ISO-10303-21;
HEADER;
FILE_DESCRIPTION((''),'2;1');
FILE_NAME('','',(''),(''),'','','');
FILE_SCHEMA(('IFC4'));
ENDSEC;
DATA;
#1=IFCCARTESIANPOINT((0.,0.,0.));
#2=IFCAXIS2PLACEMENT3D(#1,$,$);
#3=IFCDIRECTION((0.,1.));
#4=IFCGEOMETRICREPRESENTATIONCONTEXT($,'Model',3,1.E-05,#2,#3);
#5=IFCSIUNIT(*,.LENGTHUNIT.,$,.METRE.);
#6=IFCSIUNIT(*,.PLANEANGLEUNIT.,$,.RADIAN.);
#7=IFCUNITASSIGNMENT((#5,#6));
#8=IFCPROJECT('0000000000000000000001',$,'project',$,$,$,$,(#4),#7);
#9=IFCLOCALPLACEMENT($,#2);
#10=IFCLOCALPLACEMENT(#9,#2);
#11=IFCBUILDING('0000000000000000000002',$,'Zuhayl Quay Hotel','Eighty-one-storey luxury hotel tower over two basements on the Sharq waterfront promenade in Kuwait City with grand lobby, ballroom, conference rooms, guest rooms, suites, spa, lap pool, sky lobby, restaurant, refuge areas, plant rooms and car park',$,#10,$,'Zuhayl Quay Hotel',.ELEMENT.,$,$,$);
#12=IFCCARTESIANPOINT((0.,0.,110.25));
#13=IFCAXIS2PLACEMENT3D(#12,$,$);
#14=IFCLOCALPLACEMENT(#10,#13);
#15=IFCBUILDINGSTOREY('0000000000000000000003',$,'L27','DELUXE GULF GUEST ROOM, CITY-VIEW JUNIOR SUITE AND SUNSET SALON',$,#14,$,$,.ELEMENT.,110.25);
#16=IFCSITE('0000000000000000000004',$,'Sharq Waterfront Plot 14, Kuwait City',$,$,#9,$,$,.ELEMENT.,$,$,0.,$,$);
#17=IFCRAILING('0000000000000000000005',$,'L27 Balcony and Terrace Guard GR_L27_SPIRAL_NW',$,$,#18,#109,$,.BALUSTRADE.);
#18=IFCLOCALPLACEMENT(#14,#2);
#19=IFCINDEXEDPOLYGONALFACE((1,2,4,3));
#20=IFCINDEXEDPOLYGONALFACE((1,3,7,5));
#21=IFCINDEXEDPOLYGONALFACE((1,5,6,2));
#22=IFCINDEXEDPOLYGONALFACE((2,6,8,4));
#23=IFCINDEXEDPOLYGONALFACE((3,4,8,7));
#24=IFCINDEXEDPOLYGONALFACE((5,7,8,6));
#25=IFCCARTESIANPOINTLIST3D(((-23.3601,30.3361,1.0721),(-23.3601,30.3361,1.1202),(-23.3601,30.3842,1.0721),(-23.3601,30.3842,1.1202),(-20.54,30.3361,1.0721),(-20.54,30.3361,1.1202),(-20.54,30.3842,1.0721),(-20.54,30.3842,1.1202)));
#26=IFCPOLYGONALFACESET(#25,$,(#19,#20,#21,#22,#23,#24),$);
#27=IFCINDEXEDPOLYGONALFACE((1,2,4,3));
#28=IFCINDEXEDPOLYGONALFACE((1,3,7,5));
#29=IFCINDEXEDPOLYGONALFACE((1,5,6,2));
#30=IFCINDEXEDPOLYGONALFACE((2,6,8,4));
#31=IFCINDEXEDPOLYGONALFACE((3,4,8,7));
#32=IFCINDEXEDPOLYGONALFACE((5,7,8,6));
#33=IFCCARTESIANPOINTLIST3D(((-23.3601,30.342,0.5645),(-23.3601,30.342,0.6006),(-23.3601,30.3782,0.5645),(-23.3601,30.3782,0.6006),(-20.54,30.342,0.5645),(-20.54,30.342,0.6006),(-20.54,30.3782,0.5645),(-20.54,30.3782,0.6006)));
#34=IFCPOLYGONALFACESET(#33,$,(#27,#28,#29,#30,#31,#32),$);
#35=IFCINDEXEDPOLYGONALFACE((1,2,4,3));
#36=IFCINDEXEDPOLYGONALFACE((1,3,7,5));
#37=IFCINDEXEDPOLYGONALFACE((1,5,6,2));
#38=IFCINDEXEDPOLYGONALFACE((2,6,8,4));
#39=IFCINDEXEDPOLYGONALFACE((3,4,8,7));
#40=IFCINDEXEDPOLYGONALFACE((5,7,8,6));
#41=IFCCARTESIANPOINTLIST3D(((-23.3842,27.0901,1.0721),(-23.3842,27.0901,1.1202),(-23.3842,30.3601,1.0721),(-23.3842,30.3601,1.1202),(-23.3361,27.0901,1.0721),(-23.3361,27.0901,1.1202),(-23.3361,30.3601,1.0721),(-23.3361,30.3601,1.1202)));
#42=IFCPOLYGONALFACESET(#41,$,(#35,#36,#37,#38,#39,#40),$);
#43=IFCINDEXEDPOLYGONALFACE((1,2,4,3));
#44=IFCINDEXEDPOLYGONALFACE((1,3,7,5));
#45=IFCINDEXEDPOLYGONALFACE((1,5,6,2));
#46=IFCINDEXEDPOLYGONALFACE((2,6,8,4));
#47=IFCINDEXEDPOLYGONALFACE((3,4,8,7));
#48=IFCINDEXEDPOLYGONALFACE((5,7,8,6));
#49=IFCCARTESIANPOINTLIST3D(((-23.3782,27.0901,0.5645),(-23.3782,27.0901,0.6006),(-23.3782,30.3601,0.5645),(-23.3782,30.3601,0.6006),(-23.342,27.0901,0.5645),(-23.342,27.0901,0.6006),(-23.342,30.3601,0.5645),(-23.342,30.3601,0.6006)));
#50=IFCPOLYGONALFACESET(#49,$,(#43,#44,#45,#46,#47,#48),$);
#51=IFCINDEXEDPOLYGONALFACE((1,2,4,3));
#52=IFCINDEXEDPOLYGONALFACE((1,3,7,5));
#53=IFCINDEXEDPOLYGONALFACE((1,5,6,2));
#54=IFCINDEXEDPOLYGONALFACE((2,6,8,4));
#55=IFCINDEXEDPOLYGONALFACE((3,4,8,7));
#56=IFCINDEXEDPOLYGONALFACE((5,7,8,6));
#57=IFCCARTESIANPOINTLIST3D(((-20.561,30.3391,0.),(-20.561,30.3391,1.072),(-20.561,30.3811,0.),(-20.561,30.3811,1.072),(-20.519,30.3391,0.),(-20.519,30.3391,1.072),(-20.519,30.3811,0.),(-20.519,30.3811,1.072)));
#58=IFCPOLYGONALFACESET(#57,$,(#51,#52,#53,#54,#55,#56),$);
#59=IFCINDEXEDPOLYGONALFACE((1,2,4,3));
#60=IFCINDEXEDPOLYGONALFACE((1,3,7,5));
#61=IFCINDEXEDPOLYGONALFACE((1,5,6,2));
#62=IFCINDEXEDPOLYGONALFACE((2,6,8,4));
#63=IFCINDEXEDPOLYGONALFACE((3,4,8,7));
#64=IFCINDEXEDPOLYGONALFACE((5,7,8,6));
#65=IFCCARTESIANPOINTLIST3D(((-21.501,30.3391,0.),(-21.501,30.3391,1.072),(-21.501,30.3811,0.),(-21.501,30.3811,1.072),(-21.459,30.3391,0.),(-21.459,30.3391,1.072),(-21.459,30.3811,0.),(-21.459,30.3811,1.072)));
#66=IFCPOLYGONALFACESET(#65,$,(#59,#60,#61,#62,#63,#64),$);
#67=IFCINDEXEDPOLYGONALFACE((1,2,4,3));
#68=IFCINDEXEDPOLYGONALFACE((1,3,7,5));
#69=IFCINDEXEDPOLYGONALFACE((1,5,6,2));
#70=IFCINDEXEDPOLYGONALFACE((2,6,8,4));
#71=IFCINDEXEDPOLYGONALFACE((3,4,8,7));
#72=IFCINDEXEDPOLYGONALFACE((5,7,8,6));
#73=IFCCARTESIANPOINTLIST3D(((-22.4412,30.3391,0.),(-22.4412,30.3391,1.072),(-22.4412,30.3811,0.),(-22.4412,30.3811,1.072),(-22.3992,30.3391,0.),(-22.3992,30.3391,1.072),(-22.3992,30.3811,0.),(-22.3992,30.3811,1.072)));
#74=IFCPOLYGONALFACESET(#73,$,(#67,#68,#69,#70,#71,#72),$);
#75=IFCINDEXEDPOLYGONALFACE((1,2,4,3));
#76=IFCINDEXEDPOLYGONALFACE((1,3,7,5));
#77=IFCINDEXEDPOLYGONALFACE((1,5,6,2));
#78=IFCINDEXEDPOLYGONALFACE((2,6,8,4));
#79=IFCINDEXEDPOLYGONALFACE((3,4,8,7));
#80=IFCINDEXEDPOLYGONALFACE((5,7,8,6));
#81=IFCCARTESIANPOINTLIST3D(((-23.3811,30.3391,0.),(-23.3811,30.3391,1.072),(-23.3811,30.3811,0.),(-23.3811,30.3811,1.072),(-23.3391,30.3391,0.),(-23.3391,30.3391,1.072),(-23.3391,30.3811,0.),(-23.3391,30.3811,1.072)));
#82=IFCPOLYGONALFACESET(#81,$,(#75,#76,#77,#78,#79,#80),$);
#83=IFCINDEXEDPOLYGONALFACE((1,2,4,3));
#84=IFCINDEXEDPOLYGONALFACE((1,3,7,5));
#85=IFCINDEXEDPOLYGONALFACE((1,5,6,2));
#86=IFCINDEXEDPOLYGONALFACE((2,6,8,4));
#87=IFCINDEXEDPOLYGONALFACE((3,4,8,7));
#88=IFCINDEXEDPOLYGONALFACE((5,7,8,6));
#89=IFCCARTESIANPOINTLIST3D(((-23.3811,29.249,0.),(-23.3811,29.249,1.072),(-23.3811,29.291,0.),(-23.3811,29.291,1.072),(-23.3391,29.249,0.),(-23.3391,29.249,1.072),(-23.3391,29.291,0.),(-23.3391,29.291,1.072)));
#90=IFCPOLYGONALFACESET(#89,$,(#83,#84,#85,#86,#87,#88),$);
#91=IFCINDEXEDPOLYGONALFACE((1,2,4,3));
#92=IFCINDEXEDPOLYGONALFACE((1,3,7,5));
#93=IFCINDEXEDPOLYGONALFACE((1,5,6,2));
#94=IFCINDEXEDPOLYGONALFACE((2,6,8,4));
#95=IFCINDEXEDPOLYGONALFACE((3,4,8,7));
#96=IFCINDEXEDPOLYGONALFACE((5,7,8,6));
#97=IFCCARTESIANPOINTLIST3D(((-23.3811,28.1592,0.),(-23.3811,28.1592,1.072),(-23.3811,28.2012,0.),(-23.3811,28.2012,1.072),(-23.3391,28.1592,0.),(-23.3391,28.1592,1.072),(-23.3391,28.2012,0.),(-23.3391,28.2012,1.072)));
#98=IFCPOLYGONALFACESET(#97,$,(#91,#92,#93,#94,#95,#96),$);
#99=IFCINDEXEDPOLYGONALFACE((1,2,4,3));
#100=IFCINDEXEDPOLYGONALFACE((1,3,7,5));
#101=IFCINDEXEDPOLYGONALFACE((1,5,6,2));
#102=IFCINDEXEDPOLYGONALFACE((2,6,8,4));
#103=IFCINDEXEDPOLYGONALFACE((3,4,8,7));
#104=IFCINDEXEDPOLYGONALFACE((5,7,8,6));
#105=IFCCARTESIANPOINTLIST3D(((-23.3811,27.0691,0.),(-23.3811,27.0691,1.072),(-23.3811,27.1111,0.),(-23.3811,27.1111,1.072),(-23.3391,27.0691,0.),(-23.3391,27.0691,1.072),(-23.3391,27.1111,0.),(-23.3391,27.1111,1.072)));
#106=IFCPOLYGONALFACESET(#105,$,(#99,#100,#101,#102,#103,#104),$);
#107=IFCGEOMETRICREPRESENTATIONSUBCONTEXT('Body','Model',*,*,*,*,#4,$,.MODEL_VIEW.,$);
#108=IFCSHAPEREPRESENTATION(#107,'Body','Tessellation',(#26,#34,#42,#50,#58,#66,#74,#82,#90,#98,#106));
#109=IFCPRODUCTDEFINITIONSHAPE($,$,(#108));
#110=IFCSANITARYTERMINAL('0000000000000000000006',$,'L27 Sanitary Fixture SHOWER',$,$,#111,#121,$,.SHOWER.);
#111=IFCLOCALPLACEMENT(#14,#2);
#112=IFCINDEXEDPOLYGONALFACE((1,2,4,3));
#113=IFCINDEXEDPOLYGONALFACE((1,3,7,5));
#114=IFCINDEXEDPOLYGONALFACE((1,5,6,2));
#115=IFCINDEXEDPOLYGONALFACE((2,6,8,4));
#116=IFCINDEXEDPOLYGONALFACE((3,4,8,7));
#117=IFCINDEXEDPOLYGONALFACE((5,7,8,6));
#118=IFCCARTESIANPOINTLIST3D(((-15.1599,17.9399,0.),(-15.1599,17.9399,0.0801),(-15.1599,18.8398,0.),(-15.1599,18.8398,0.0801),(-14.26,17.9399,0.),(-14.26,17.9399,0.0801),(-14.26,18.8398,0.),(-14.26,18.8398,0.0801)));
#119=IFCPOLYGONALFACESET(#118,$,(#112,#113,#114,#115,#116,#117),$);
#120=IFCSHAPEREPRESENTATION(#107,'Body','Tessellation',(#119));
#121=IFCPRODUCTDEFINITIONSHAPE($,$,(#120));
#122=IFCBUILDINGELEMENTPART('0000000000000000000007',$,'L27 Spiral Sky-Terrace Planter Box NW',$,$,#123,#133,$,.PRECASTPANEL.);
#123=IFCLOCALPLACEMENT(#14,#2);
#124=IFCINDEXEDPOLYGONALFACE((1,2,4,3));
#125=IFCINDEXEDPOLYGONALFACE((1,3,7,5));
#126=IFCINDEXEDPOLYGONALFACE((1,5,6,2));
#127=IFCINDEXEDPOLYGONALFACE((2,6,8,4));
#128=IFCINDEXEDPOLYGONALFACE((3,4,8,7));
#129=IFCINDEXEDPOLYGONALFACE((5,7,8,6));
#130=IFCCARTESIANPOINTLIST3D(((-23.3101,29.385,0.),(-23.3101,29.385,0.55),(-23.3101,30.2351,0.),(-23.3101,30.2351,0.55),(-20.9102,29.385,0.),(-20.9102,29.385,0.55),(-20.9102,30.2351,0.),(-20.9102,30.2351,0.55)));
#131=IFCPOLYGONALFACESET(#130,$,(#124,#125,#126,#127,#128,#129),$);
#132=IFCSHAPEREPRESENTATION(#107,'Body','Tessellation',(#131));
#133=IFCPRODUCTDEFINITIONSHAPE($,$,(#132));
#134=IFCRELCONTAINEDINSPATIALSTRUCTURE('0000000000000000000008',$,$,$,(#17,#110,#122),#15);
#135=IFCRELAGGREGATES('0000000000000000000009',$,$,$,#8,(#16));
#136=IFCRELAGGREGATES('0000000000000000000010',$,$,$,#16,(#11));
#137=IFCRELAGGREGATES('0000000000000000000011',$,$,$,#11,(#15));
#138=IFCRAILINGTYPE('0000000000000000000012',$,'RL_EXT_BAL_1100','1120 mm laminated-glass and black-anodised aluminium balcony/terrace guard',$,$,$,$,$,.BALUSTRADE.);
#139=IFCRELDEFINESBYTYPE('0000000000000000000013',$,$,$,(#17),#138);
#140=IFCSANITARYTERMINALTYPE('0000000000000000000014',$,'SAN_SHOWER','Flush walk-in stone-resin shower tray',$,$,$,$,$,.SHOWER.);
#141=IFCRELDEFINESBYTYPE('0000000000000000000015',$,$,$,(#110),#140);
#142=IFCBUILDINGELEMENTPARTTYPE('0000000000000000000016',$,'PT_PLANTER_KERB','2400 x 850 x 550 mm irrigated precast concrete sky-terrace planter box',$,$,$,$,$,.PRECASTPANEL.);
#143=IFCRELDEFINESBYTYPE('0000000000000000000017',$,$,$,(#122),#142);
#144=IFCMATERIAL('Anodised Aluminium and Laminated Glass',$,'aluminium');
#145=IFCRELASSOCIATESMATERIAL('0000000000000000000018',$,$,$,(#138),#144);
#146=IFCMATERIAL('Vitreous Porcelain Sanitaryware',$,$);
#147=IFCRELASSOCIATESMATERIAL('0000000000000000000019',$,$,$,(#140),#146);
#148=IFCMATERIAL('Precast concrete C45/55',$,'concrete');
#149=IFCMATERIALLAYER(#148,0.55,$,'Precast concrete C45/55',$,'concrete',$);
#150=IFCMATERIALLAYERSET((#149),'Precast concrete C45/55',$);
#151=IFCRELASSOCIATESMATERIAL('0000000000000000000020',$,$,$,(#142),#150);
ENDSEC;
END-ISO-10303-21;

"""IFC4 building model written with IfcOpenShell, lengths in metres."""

from ifc_helpers import new_model, si_unit, direction, frame, origin, origin_2d, place, context, subcontext, project, spatial, rectangle, extrude, material, layer, layer_set, type_object, element, save


model = new_model("IFC4")

# Units and contexts
model_context = context("Model", 3, precision=1e-05, world=origin(), true_north=direction((0.0, 1.0)))
body_context = subcontext(model_context, "Body", "Model", "MODEL_VIEW")
ifc_project = project(units=[si_unit("LENGTHUNIT", "METRE"), si_unit("PLANEANGLEUNIT", "RADIAN")], contexts=[model_context])

# Site, building, storey
site_placement = place(None, origin())
site = spatial("IfcSite", under=ifc_project, at=site_placement, Name="Sharq Waterfront Plot 14, Kuwait City", CompositionType="ELEMENT", RefElevation=0.0)
building_placement = place(site_placement, origin())
building = spatial("IfcBuilding", under=site, at=building_placement, Name="Zuhayl Quay Hotel", Description="Eighty-one-storey luxury hotel tower over two basements on the Sharq waterfront promenade in Kuwait City with grand lobby, ballroom, conference rooms, guest rooms, suites, spa, lap pool, sky lobby, restaurant, refuge areas, plant rooms and car park", LongName="Zuhayl Quay Hotel", CompositionType="ELEMENT")
storey_placement = place(building_placement, frame((0.0, 0.0, 110.25)))
storey = spatial("IfcBuildingStorey", under=building, at=storey_placement, Name="L27", Description="DELUXE GULF GUEST ROOM, CITY-VIEW JUNIOR SUITE AND SUNSET SALON", CompositionType="ELEMENT", Elevation=110.25)

# Shared definitions
ifc_material_1 = material(Name="Precast concrete C45/55", Category="concrete")

# Railing
ifc_material_2 = material(Name="Anodised Aluminium and Laminated Glass", Category="aluminium")
railing_type = type_object("IfcRailingType", Name="RL_EXT_BAL_1100", Description="1120 mm laminated-glass and black-anodised aluminium balcony/terrace guard", PredefinedType="BALUSTRADE", material=ifc_material_2)
railing_1_placement = place(storey_placement, frame((-20.54, 30.3601, 0.0)))
element("IfcRailing", 1, at=railing_1_placement, inside=storey, type_object=railing_type, Name="L27 Balcony and Terrace Guard GR_L27_SPIRAL_NW", PredefinedType="BALUSTRADE", context=body_context, shape_type="SweptSolid", body=[
    extrude(rectangle(XDim=0.0481, YDim=0.0481, at=origin_2d()), frame((0.0, 0.0, 1.0962), z_axis=(-1.0, 0.0, 0.0), x_axis=(0.0, -1.0, 0.0)), (0.0, 0.0, 1.0), 2.8201),
    extrude(rectangle(XDim=0.0361, YDim=0.0361, at=origin_2d()), frame((0.0, 0.0, 0.5825), z_axis=(-1.0, 0.0, 0.0), x_axis=(0.0, -1.0, 0.0)), (0.0, 0.0, 1.0), 2.8201),
    extrude(rectangle(XDim=0.0481, YDim=0.0481, at=origin_2d()), frame((-2.8201, 0.0, 1.0962), z_axis=(0.0, -1.0, 0.0), x_axis=(1.0, 0.0, 0.0)), (0.0, 0.0, 1.0), 3.27),
    extrude(rectangle(XDim=0.0361, YDim=0.0361, at=origin_2d()), frame((-2.8201, 0.0, 0.5825), z_axis=(0.0, -1.0, 0.0), x_axis=(1.0, 0.0, 0.0)), (0.0, 0.0, 1.0), 3.27),
    extrude(rectangle(XDim=0.042, YDim=0.042, at=origin_2d()), origin(), (0.0, 0.0, 1.0), 1.072),
    extrude(rectangle(XDim=0.042, YDim=0.042, at=origin_2d()), frame((-0.9399, 0.0, 0.0)), (0.0, 0.0, 1.0), 1.072),
    extrude(rectangle(XDim=0.042, YDim=0.042, at=origin_2d()), frame((-1.8801, 0.0, 0.0)), (0.0, 0.0, 1.0), 1.072),
    extrude(rectangle(XDim=0.042, YDim=0.042, at=origin_2d()), frame((-2.8201, 0.0, 0.0)), (0.0, 0.0, 1.0), 1.072),
    extrude(rectangle(XDim=0.042, YDim=0.042, at=origin_2d()), frame((-2.8201, -1.0901, 0.0)), (0.0, 0.0, 1.0), 1.072),
    extrude(rectangle(XDim=0.042, YDim=0.042, at=origin_2d()), frame((-2.8201, -2.1799, 0.0)), (0.0, 0.0, 1.0), 1.072),
    extrude(rectangle(XDim=0.042, YDim=0.042, at=origin_2d()), frame((-2.8201, -3.27, 0.0)), (0.0, 0.0, 1.0), 1.072),
])

# Sanitary terminal
ifc_material_3 = material(Name="Vitreous Porcelain Sanitaryware")
sanitary_terminal_type = type_object("IfcSanitaryTerminalType", Name="SAN_SHOWER", Description="Flush walk-in stone-resin shower tray", PredefinedType="SHOWER", material=ifc_material_3)
sanitary_terminal_placement = place(storey_placement, frame((-14.71, 18.3899, 0.0), z_axis=(0.0, 0.0, 1.0), x_axis=(1.0, 0.0, 0.0)))
element("IfcSanitaryTerminal", 2, at=sanitary_terminal_placement, inside=storey, type_object=sanitary_terminal_type, Name="L27 Sanitary Fixture SHOWER", PredefinedType="SHOWER", context=body_context, shape_type="SweptSolid", body=[
    extrude(rectangle(XDim=0.8999, YDim=0.8999, at=origin_2d()), origin(), (0.0, 0.0, 1.0), 0.0801),
])

# Building element part
ifc_layer_1 = layer(ifc_material_1, 0.55, Name="Precast concrete C45/55", Category="concrete")
ifc_layer_set_1 = layer_set([ifc_layer_1], Name="Precast concrete C45/55")
building_element_part_type = type_object("IfcBuildingElementPartType", Name="PT_PLANTER_KERB", Description="2400 x 850 x 550 mm irrigated precast concrete sky-terrace planter box", PredefinedType="PRECASTPANEL", material=ifc_layer_set_1)
building_element_part_placement = place(storey_placement, frame((-22.1101, 29.8101, 0.0), z_axis=(0.0, 0.0, 1.0), x_axis=(1.0, 0.0, 0.0)))
element("IfcBuildingElementPart", 3, at=building_element_part_placement, inside=storey, type_object=building_element_part_type, Name="L27 Spiral Sky-Terrace Planter Box NW", PredefinedType="PRECASTPANEL", context=body_context, shape_type="SweptSolid", body=[
    extrude(rectangle(XDim=2.3999, YDim=0.8501, at=origin_2d()), origin(), (0.0, 0.0, 1.0), 0.55),
])

save(model, "model.ifc")
